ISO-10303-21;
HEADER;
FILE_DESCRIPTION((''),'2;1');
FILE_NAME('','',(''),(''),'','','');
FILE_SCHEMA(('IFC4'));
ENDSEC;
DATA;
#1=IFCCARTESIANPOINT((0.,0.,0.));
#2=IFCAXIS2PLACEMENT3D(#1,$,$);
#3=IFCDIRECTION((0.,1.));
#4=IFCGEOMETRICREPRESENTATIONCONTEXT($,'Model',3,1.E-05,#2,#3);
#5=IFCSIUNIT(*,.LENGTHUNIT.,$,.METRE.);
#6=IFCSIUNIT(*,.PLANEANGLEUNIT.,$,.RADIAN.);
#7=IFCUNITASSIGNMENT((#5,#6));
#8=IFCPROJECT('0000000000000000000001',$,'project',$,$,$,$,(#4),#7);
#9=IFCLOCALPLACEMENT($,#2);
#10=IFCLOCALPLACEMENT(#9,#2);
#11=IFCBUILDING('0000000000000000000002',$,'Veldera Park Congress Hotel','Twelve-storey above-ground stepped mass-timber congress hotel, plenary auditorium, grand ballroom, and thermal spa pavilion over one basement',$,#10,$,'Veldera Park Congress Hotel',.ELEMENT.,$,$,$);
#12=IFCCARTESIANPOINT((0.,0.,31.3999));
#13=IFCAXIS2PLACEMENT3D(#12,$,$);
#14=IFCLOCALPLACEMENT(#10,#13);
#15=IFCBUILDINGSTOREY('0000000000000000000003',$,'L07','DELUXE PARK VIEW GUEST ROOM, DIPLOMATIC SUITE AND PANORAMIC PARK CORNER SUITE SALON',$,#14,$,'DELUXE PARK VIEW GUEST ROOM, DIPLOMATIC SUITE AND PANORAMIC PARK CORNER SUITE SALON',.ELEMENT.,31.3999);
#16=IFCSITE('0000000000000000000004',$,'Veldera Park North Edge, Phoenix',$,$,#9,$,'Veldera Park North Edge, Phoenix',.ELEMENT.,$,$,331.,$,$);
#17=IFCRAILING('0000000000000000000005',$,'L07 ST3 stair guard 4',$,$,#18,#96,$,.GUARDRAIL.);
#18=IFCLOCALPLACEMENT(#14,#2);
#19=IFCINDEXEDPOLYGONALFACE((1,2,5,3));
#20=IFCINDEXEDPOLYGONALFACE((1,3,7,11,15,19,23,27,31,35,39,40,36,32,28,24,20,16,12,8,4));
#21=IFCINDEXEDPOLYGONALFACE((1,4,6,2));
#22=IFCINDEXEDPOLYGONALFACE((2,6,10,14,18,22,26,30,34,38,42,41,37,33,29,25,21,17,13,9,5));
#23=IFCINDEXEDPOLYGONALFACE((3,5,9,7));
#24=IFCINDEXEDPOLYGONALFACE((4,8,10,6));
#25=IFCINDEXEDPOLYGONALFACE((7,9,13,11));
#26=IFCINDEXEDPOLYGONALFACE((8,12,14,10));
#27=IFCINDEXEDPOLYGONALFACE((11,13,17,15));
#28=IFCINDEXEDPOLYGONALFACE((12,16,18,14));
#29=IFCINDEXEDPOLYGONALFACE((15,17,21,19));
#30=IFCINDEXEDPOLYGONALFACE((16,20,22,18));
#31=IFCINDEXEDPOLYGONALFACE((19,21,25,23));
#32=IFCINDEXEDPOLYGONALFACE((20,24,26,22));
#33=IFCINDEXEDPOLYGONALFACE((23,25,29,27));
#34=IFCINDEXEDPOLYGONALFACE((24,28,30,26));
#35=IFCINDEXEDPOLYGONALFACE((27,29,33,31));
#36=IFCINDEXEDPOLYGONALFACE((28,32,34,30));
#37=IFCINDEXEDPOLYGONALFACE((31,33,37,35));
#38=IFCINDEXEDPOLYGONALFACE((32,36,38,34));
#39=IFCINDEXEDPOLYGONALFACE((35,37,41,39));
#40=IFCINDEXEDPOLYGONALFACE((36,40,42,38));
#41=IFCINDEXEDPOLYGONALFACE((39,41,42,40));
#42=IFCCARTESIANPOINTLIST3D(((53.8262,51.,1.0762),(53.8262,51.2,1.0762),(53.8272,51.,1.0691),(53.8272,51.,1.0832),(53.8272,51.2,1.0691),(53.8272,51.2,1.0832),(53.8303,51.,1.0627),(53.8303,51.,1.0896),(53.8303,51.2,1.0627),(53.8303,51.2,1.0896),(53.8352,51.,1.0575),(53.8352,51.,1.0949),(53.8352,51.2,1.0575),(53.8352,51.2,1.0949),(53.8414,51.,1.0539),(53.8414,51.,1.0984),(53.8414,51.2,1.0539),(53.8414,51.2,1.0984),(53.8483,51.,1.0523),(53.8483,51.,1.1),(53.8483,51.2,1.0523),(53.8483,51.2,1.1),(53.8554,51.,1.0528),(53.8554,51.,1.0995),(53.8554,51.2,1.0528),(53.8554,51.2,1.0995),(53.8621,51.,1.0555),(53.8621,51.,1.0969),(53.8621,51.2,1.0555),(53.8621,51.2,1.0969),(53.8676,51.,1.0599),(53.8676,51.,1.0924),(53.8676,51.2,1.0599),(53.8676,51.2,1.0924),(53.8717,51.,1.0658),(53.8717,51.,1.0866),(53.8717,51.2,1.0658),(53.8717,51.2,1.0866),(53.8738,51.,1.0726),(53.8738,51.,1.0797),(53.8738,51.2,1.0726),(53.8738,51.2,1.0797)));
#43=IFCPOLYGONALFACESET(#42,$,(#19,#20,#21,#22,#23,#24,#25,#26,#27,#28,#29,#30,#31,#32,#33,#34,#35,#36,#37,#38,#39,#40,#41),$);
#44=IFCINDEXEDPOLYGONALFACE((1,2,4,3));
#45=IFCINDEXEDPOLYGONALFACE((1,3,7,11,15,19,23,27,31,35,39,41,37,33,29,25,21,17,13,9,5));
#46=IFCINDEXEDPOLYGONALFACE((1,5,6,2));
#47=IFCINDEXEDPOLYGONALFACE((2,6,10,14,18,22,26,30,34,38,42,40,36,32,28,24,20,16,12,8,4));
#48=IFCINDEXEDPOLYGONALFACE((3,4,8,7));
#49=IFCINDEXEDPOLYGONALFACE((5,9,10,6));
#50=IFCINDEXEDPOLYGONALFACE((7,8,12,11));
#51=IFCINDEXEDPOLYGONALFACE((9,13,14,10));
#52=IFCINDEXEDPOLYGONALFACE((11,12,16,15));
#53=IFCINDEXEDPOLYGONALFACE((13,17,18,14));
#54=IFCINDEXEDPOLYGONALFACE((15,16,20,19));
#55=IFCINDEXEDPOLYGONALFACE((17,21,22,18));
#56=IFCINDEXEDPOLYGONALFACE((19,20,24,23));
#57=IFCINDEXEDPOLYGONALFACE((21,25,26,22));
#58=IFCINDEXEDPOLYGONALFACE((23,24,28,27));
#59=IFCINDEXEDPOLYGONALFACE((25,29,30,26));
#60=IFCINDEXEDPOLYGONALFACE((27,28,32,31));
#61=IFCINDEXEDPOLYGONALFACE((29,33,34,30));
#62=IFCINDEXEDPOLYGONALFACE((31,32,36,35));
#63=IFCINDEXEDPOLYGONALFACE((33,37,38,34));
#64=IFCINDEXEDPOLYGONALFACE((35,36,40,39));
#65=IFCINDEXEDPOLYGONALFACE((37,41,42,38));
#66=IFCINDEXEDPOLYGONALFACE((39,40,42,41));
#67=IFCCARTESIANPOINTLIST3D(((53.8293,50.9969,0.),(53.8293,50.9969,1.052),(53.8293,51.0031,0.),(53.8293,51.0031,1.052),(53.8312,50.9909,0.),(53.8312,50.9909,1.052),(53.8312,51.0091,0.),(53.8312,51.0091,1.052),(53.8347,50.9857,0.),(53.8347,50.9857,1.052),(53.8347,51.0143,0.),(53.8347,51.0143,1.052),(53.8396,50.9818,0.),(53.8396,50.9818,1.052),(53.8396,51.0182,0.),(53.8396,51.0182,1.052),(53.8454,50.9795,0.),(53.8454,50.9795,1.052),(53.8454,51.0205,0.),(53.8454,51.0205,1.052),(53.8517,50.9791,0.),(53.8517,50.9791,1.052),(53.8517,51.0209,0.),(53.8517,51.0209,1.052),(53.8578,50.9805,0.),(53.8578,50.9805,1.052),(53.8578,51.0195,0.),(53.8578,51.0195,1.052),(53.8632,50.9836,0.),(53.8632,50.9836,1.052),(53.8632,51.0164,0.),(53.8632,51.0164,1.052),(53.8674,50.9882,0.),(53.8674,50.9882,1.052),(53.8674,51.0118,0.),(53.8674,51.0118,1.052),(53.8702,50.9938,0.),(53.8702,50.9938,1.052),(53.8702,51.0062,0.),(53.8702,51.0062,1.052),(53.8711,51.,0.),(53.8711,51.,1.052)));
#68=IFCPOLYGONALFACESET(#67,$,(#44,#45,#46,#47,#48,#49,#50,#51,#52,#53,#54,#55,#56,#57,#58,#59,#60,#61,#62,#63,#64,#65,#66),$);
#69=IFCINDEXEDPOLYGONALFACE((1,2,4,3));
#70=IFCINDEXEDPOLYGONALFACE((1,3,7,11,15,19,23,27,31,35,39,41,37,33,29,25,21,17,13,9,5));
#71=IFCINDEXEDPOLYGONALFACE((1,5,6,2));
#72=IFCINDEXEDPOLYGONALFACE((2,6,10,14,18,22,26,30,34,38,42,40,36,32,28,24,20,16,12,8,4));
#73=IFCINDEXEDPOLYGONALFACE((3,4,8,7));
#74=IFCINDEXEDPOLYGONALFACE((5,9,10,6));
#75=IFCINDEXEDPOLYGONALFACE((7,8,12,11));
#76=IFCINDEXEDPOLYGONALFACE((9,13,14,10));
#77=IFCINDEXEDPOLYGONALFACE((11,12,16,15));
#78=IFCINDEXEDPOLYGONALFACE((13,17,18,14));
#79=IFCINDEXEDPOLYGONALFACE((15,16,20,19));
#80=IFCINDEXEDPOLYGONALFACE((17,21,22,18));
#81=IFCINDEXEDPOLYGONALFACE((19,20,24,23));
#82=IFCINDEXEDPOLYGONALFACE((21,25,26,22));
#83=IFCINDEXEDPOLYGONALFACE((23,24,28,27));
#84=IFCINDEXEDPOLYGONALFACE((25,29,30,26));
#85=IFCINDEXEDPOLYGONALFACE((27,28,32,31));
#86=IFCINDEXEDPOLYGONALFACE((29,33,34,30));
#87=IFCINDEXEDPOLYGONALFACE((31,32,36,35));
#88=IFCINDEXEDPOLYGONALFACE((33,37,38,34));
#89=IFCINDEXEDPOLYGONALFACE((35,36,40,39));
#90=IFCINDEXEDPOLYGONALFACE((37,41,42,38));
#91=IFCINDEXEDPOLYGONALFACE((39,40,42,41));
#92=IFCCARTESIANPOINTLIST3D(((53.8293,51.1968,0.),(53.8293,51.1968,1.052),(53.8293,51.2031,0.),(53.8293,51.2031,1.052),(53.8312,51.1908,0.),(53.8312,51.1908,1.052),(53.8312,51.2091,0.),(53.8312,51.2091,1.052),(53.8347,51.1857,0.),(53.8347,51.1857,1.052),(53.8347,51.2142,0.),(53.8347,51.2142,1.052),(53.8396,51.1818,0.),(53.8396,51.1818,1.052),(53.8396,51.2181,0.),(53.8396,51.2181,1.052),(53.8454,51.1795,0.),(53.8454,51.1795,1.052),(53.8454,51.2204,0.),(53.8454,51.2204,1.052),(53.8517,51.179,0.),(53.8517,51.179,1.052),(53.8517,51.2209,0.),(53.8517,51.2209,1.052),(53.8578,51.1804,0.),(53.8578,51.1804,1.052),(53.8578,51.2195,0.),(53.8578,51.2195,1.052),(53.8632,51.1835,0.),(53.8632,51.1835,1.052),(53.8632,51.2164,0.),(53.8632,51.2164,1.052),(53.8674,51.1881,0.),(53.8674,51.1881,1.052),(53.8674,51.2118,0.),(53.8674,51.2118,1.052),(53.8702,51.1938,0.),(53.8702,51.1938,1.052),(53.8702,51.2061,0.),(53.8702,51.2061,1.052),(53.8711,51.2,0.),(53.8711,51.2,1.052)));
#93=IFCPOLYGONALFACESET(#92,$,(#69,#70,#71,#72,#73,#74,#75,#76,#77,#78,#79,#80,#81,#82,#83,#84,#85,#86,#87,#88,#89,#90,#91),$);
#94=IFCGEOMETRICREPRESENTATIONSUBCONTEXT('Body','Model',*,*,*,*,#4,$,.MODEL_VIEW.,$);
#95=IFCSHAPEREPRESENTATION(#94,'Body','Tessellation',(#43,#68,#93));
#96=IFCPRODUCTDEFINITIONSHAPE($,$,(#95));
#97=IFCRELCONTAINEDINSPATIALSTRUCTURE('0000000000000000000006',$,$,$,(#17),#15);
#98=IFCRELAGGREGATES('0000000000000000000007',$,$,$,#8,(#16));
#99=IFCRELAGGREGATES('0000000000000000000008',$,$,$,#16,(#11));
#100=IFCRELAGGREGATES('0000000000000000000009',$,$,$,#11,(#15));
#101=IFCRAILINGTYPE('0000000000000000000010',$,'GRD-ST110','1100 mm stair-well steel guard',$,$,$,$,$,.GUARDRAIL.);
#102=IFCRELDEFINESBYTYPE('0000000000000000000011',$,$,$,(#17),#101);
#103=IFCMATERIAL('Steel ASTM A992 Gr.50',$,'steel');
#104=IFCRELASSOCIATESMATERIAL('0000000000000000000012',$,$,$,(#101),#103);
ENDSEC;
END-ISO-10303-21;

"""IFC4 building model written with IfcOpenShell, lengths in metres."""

from ifc_helpers import new_model, si_unit, direction, frame, origin, origin_2d, place, context, subcontext, project, spatial, circle, extrude, material, type_object, element, save


model = new_model("IFC4")

# Units and contexts
model_context = context("Model", 3, precision=1e-05, world=origin(), true_north=direction((0.0, 1.0)))
body_context = subcontext(model_context, "Body", "Model", "MODEL_VIEW")
ifc_project = project(units=[si_unit("LENGTHUNIT", "METRE"), si_unit("PLANEANGLEUNIT", "RADIAN")], contexts=[model_context])

# Site, building, storey
site_placement = place(None, origin())
site = spatial("IfcSite", under=ifc_project, at=site_placement, Name="Veldera Park North Edge, Phoenix", LongName="Veldera Park North Edge, Phoenix", CompositionType="ELEMENT", RefElevation=331.0)
building_placement = place(site_placement, origin())
building = spatial("IfcBuilding", under=site, at=building_placement, Name="Veldera Park Congress Hotel", Description="Twelve-storey above-ground stepped mass-timber congress hotel, plenary auditorium, grand ballroom, and thermal spa pavilion over one basement", LongName="Veldera Park Congress Hotel", CompositionType="ELEMENT")
storey_placement = place(building_placement, frame((0.0, 0.0, 31.3999)))
storey = spatial("IfcBuildingStorey", under=building, at=storey_placement, Name="L07", Description="DELUXE PARK VIEW GUEST ROOM, DIPLOMATIC SUITE AND PANORAMIC PARK CORNER SUITE SALON", LongName="DELUXE PARK VIEW GUEST ROOM, DIPLOMATIC SUITE AND PANORAMIC PARK CORNER SUITE SALON", CompositionType="ELEMENT", Elevation=31.3999)

# Railing
ifc_material_1 = material(Name="Steel ASTM A992 Gr.50", Category="steel")
railing_type_1 = type_object("IfcRailingType", Name="GRD-ST110", Description="1100 mm stair-well steel guard", PredefinedType="GUARDRAIL", material=ifc_material_1)
railing_1_placement = place(storey_placement, frame((53.8501, 51.0, 0.0)))
element("IfcRailing", 1, at=railing_1_placement, inside=storey, type_object=railing_type_1, Name="L07 ST3 stair guard 4", PredefinedType="GUARDRAIL", context=body_context, shape_type="SweptSolid", body=[
    extrude(circle(Radius=0.0239, at=origin_2d()), frame((0.0, 0.0, 1.0762), z_axis=(0.0, 1.0, 0.0), x_axis=(-1.0, 0.0, 0.0)), (0.0, 0.0, 1.0), 0.2),
    extrude(circle(Radius=0.021, at=origin_2d()), origin(), (0.0, 0.0, 1.0), 1.052),
    extrude(circle(Radius=0.021, at=origin_2d()), frame((0.0, 0.2, 0.0)), (0.0, 0.0, 1.0), 1.052),
])

save(model, "model.ifc")
